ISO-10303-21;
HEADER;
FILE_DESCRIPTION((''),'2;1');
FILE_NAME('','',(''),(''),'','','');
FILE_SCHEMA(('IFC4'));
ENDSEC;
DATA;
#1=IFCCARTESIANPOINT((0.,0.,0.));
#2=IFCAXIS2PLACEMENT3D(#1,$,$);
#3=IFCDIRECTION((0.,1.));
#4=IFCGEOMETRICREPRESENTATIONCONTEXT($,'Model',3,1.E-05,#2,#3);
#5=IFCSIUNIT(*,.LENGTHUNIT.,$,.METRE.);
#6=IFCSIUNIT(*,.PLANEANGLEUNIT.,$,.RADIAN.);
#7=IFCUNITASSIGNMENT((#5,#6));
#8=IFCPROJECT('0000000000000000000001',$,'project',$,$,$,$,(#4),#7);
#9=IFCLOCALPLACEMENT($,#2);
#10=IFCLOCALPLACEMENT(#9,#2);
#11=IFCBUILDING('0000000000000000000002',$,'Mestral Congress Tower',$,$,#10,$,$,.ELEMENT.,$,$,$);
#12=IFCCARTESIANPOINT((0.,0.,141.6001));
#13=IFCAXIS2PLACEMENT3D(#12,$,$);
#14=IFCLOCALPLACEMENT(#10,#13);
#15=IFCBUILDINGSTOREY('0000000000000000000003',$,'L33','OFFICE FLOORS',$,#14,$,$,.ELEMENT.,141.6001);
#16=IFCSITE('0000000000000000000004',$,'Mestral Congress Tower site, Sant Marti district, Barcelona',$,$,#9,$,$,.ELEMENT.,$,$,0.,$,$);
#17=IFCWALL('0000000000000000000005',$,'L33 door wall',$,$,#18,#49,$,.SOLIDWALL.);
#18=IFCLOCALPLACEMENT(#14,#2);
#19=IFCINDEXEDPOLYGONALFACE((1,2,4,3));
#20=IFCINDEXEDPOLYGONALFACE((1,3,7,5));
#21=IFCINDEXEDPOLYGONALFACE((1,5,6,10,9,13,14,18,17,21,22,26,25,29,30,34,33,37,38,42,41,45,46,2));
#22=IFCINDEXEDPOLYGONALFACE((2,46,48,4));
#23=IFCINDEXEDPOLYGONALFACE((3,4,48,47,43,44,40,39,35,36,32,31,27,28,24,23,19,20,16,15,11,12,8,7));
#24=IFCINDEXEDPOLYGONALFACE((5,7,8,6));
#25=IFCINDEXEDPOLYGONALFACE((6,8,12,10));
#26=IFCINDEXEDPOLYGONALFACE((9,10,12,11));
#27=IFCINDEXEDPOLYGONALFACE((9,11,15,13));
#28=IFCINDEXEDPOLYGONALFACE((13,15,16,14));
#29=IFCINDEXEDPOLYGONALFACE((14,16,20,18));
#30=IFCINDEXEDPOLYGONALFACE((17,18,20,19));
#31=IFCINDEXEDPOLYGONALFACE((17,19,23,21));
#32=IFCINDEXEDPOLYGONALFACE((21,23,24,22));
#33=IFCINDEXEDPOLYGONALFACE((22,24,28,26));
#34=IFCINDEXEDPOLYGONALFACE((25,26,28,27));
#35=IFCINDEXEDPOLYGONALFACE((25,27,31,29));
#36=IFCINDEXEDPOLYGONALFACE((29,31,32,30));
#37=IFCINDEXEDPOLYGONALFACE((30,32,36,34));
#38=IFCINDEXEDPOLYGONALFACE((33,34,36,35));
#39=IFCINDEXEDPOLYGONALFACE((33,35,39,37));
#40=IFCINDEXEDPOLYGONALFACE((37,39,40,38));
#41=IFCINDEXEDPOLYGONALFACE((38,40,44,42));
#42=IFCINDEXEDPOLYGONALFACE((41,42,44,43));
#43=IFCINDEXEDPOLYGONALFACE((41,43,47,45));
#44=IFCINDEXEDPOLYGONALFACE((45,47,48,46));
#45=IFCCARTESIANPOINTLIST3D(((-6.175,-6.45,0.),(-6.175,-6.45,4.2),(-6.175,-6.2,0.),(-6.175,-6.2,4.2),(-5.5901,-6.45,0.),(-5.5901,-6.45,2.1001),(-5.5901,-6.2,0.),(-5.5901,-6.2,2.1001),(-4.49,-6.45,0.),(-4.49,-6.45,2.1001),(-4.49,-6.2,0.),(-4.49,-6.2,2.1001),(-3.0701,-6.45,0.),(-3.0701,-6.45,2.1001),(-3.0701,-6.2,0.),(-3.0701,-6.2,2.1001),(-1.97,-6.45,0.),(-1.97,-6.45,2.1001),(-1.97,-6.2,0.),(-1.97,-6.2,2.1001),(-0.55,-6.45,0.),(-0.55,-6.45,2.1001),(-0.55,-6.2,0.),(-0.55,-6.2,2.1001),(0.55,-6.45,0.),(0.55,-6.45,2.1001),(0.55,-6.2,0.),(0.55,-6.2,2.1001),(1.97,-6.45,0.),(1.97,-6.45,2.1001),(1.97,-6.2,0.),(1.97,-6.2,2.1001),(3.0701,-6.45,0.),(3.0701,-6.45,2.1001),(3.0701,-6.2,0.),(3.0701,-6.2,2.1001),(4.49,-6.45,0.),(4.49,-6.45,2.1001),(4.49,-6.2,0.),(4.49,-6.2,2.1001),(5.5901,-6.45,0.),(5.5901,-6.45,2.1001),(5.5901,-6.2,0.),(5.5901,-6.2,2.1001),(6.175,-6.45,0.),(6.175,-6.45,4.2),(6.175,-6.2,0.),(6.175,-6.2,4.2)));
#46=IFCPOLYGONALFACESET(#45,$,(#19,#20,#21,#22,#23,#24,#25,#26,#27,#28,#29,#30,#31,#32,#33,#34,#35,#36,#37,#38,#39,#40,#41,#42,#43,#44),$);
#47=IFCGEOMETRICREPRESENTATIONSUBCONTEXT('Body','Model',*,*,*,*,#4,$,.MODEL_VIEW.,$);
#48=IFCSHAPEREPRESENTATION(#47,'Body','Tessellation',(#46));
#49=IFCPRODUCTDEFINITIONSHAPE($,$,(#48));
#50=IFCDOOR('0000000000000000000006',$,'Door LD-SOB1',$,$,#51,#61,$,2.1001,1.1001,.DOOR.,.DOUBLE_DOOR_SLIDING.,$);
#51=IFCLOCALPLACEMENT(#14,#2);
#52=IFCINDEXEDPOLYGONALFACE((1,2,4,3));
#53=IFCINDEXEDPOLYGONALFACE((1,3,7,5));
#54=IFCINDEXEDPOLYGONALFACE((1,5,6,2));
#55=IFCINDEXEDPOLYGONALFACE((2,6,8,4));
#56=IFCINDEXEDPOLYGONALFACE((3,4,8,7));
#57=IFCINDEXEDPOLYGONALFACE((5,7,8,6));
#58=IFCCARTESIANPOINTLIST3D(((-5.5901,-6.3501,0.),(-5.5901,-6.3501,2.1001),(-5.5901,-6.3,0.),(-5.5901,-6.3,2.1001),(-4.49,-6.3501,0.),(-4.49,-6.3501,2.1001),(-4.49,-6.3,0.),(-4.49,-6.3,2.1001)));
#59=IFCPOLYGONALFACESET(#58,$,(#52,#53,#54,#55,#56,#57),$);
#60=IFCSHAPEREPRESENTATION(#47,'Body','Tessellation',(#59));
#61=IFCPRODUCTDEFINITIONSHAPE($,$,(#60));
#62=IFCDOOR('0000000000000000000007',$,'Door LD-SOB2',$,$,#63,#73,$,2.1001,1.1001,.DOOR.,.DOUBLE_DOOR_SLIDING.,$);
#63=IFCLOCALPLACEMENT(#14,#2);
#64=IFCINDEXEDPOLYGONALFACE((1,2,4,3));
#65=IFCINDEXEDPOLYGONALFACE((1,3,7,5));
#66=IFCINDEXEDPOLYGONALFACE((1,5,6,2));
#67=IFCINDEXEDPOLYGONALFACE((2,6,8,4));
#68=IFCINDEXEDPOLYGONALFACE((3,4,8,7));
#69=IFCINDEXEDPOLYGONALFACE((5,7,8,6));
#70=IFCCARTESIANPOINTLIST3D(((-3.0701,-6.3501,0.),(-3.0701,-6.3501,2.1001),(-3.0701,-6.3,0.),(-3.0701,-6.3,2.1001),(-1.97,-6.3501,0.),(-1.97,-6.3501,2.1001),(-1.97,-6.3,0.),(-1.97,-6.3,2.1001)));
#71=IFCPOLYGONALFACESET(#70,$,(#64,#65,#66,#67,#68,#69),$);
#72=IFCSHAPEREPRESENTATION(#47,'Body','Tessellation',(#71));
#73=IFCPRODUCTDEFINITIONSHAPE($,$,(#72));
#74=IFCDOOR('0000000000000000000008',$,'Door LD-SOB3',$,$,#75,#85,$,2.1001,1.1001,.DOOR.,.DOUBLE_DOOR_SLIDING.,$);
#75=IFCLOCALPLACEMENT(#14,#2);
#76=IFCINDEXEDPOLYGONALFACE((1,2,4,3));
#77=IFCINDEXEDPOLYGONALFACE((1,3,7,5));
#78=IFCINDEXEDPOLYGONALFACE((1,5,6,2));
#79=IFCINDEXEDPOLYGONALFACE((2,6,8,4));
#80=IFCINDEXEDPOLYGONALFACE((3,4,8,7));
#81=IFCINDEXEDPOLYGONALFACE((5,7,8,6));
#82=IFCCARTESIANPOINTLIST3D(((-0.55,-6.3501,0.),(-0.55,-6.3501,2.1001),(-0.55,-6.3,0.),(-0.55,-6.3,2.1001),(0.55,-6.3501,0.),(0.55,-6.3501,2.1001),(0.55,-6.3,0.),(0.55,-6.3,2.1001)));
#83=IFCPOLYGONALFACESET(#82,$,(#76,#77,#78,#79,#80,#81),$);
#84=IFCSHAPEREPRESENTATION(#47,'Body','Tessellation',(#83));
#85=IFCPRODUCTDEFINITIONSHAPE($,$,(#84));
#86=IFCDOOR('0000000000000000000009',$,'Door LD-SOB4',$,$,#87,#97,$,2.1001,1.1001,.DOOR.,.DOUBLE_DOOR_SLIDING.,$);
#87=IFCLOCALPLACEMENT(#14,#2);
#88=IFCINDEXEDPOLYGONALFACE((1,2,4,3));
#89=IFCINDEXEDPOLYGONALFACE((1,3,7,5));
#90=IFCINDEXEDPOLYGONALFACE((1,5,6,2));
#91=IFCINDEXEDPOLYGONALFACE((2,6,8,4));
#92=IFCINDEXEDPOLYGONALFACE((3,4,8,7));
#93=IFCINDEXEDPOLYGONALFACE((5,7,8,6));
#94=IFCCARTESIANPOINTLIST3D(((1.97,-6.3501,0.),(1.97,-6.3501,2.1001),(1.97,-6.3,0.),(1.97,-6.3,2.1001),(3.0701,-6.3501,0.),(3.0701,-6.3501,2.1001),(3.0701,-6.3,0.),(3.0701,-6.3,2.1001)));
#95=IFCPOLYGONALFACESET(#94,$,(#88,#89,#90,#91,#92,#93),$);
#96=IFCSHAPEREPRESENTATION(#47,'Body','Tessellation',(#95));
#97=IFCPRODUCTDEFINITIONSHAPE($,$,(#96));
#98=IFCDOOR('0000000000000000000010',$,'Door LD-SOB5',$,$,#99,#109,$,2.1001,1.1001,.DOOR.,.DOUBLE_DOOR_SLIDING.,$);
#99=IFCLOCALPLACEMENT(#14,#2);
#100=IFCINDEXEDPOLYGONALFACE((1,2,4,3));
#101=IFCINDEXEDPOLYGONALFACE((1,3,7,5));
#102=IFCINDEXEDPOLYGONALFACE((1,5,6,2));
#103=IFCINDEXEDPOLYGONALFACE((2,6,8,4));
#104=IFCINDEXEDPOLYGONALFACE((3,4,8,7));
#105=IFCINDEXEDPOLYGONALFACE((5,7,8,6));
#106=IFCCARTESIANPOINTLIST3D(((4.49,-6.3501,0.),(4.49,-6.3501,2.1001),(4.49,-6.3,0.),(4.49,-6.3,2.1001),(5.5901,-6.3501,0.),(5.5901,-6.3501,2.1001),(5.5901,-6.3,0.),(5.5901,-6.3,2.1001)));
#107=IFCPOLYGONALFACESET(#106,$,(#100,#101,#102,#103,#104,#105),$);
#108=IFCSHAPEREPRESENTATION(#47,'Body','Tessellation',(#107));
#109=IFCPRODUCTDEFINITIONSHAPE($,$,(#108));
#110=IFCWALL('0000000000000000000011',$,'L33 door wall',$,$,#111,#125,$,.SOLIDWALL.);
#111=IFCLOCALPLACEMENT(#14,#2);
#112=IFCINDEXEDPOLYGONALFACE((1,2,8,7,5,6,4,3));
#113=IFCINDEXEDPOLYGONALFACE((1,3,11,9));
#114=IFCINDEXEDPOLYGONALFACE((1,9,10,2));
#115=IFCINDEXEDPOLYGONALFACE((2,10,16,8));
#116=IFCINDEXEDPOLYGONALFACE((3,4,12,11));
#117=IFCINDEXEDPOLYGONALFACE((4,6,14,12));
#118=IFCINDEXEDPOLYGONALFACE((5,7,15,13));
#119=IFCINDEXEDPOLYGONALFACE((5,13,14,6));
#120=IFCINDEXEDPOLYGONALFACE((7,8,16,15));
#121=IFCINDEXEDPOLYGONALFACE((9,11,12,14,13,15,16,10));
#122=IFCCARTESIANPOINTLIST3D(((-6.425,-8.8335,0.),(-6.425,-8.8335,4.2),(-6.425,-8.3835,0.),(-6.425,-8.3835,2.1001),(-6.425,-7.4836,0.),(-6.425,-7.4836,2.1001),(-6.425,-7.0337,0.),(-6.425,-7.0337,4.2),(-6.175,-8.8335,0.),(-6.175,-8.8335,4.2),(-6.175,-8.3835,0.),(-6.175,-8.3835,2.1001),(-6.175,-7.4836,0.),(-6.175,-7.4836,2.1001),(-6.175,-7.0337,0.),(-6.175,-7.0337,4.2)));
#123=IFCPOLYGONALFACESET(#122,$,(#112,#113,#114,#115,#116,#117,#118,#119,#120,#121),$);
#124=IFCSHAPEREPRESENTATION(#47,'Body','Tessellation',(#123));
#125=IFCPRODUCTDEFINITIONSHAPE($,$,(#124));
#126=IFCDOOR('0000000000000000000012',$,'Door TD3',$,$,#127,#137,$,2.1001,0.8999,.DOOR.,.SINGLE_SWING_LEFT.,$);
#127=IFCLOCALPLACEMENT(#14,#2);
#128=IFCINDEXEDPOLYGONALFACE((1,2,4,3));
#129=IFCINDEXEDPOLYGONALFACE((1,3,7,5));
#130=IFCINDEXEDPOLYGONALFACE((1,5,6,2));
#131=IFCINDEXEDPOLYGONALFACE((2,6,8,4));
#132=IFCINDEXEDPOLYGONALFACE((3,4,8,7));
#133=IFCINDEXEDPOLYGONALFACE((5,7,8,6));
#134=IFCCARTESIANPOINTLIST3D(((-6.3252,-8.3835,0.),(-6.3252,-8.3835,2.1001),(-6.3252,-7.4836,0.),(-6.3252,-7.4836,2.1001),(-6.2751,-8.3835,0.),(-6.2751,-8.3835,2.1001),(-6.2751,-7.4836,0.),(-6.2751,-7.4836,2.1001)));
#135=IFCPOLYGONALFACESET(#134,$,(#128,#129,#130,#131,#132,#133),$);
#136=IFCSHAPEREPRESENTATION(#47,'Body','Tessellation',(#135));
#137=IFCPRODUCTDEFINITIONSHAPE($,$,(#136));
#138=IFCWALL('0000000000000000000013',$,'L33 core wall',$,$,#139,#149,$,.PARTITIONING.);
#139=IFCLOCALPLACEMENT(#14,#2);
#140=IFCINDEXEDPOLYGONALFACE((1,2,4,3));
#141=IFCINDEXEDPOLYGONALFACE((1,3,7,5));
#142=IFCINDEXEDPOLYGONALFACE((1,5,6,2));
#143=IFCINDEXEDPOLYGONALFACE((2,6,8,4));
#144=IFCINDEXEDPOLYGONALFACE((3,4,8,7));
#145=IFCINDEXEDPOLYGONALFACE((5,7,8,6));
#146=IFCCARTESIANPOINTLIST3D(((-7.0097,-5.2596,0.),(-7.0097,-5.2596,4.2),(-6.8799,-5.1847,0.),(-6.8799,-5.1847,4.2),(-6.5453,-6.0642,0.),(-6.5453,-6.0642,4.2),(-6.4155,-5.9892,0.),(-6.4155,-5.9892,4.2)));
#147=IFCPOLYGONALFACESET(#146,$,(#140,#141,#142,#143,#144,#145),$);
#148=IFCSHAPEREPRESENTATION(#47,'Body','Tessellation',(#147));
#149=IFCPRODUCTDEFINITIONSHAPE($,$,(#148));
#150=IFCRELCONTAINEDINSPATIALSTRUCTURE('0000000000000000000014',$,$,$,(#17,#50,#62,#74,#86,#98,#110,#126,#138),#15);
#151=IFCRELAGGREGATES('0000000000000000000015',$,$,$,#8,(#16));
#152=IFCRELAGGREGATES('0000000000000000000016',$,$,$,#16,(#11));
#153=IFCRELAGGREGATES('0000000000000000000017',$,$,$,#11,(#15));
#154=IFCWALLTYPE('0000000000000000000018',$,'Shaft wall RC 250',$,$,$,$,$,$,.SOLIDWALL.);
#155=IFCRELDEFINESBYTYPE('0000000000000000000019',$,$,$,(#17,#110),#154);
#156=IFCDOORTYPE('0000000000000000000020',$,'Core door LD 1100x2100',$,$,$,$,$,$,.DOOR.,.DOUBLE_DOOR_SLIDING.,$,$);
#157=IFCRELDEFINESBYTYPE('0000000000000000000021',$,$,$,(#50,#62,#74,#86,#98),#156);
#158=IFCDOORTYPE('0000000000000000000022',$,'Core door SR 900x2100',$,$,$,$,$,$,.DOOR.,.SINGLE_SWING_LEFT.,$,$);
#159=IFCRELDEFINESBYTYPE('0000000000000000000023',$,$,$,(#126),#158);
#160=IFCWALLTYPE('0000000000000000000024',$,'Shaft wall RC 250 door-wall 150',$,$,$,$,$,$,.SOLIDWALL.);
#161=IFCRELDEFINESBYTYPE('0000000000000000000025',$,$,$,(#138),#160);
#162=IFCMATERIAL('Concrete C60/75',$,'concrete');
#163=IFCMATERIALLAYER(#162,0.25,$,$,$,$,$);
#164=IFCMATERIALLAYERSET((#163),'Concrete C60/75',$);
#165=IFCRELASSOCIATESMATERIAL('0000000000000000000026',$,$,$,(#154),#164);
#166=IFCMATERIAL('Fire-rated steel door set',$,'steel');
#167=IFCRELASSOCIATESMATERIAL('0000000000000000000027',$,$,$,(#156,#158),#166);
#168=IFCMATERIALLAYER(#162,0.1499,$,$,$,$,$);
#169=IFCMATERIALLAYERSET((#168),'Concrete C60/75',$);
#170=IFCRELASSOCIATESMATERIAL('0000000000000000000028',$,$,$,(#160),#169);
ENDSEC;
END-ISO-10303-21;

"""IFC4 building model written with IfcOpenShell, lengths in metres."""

from ifc_helpers import new_model, si_unit, direction, frame, frame_2d, origin, place, context, subcontext, project, spatial, rectangle, extrude, material, layer, layer_set, type_object, element, fill, save


model = new_model("IFC4")

# Units and contexts
model_context = context("Model", 3, precision=1e-05, world=origin(), true_north=direction((0.0, 1.0)))
body_context = subcontext(model_context, "Body", "Model", "MODEL_VIEW")
ifc_project = project(units=[si_unit("LENGTHUNIT", "METRE"), si_unit("PLANEANGLEUNIT", "RADIAN")], contexts=[model_context])

# Site, building, storey
site_placement = place(None, origin())
site = spatial("IfcSite", under=ifc_project, at=site_placement, Name="Mestral Congress Tower site, Sant Marti district, Barcelona", CompositionType="ELEMENT", RefElevation=0.0)
building_placement = place(site_placement, origin())
building = spatial("IfcBuilding", under=site, at=building_placement, Name="Mestral Congress Tower", CompositionType="ELEMENT")
storey_placement = place(building_placement, frame((0.0, 0.0, 141.6001)))
storey = spatial("IfcBuildingStorey", under=building, at=storey_placement, Name="L33", Description="OFFICE FLOORS", CompositionType="ELEMENT", Elevation=141.6001)

# Shared definitions
ifc_material_1 = material(Name="Concrete C60/75", Category="concrete")
ifc_layer_1 = layer(ifc_material_1, 0.25)
ifc_layer_set_1 = layer_set([ifc_layer_1], Name="Concrete C60/75")
wall_type_1 = type_object("IfcWallType", Name="Shaft wall RC 250", PredefinedType="SOLIDWALL", material=ifc_layer_set_1)

# Wall, openings, doors
wall_1_placement = place(storey_placement, frame((-6.175, -6.325, 0.0), z_axis=(0.0, 0.0, 1.0), x_axis=(1.0, 0.0, 0.0)))
wall_1 = element("IfcWall", 1, at=wall_1_placement, inside=storey, type_object=wall_type_1, Name="L33 door wall", PredefinedType="SOLIDWALL", context=body_context, shape_type="SweptSolid", body=[
    extrude(rectangle(XDim=12.3501, YDim=0.25, at=frame_2d((6.175, 0.0))), origin(), (0.0, 0.0, 1.0), 4.2),
])
opening_1_placement = place(wall_1_placement, frame((0.585, 0.0, 0.0)))
opening_1 = element("IfcOpeningElement", 2, at=opening_1_placement, cuts=wall_1, PredefinedType="OPENING", context=body_context, shape_type="SweptSolid", body=[
    extrude(rectangle(XDim=1.1001, YDim=2.1001, at=frame_2d((0.55, 1.05))), frame((0.0, 0.135, 0.0), z_axis=(0.0, -1.0, 0.0), x_axis=(1.0, 0.0, 0.0)), (0.0, 0.0, 1.0), 0.27),
])
opening_2_placement = place(wall_1_placement, frame((3.105, 0.0, 0.0)))
opening_2 = element("IfcOpeningElement", 3, at=opening_2_placement, cuts=wall_1, PredefinedType="OPENING", context=body_context, shape_type="SweptSolid", body=[
    extrude(rectangle(XDim=1.1001, YDim=2.1001, at=frame_2d((0.55, 1.05))), frame((0.0, 0.135, 0.0), z_axis=(0.0, -1.0, 0.0), x_axis=(1.0, 0.0, 0.0)), (0.0, 0.0, 1.0), 0.27),
])
opening_3_placement = place(wall_1_placement, frame((5.625, 0.0, 0.0)))
opening_3 = element("IfcOpeningElement", 4, at=opening_3_placement, cuts=wall_1, PredefinedType="OPENING", context=body_context, shape_type="SweptSolid", body=[
    extrude(rectangle(XDim=1.1001, YDim=2.1001, at=frame_2d((0.55, 1.05))), frame((0.0, 0.135, 0.0), z_axis=(0.0, -1.0, 0.0), x_axis=(1.0, 0.0, 0.0)), (0.0, 0.0, 1.0), 0.27),
])
opening_4_placement = place(wall_1_placement, frame((8.145, 0.0, 0.0)))
opening_4 = element("IfcOpeningElement", 5, at=opening_4_placement, cuts=wall_1, PredefinedType="OPENING", context=body_context, shape_type="SweptSolid", body=[
    extrude(rectangle(XDim=1.1001, YDim=2.1001, at=frame_2d((0.55, 1.05))), frame((0.0, 0.135, 0.0), z_axis=(0.0, -1.0, 0.0), x_axis=(1.0, 0.0, 0.0)), (0.0, 0.0, 1.0), 0.27),
])
opening_5_placement = place(wall_1_placement, frame((10.665, 0.0, 0.0)))
opening_5 = element("IfcOpeningElement", 6, at=opening_5_placement, cuts=wall_1, PredefinedType="OPENING", context=body_context, shape_type="SweptSolid", body=[
    extrude(rectangle(XDim=1.1001, YDim=2.1001, at=frame_2d((0.55, 1.05))), frame((0.0, 0.135, 0.0), z_axis=(0.0, -1.0, 0.0), x_axis=(1.0, 0.0, 0.0)), (0.0, 0.0, 1.0), 0.27),
])
ifc_material_2 = material(Name="Fire-rated steel door set", Category="steel")
door_type_1 = type_object("IfcDoorType", Name="Core door LD 1100x2100", OperationType="DOUBLE_DOOR_SLIDING", PredefinedType="DOOR", material=ifc_material_2)
door_1_placement = place(opening_1_placement, origin())
door_1 = element("IfcDoor", 7, at=door_1_placement, inside=storey, type_object=door_type_1, Name="Door LD-SOB1", OperationType="DOUBLE_DOOR_SLIDING", OverallHeight=2.1001, OverallWidth=1.1001, PredefinedType="DOOR", context=body_context, shape_type="SweptSolid", body=[
    extrude(rectangle(XDim=1.1001, YDim=2.1001, at=frame_2d((0.55, 1.05))), frame((0.0, 0.0249, 0.0), z_axis=(0.0, -1.0, 0.0), x_axis=(1.0, 0.0, 0.0)), (0.0, 0.0, 1.0), 0.05),
])
fill(opening_1, door_1)
door_2_placement = place(opening_2_placement, origin())
door_2 = element("IfcDoor", 8, at=door_2_placement, inside=storey, type_object=door_type_1, Name="Door LD-SOB2", OperationType="DOUBLE_DOOR_SLIDING", OverallHeight=2.1001, OverallWidth=1.1001, PredefinedType="DOOR", context=body_context, shape_type="SweptSolid", body=[
    extrude(rectangle(XDim=1.1001, YDim=2.1001, at=frame_2d((0.55, 1.05))), frame((0.0, 0.0249, 0.0), z_axis=(0.0, -1.0, 0.0), x_axis=(1.0, 0.0, 0.0)), (0.0, 0.0, 1.0), 0.05),
])
fill(opening_2, door_2)
door_3_placement = place(opening_3_placement, origin())
door_3 = element("IfcDoor", 9, at=door_3_placement, inside=storey, type_object=door_type_1, Name="Door LD-SOB3", OperationType="DOUBLE_DOOR_SLIDING", OverallHeight=2.1001, OverallWidth=1.1001, PredefinedType="DOOR", context=body_context, shape_type="SweptSolid", body=[
    extrude(rectangle(XDim=1.1001, YDim=2.1001, at=frame_2d((0.55, 1.05))), frame((0.0, 0.0249, 0.0), z_axis=(0.0, -1.0, 0.0), x_axis=(1.0, 0.0, 0.0)), (0.0, 0.0, 1.0), 0.05),
])
fill(opening_3, door_3)
door_4_placement = place(opening_4_placement, origin())
door_4 = element("IfcDoor", 10, at=door_4_placement, inside=storey, type_object=door_type_1, Name="Door LD-SOB4", OperationType="DOUBLE_DOOR_SLIDING", OverallHeight=2.1001, OverallWidth=1.1001, PredefinedType="DOOR", context=body_context, shape_type="SweptSolid", body=[
    extrude(rectangle(XDim=1.1001, YDim=2.1001, at=frame_2d((0.55, 1.05))), frame((0.0, 0.0249, 0.0), z_axis=(0.0, -1.0, 0.0), x_axis=(1.0, 0.0, 0.0)), (0.0, 0.0, 1.0), 0.05),
])
fill(opening_4, door_4)
door_5_placement = place(opening_5_placement, origin())
door_5 = element("IfcDoor", 11, at=door_5_placement, inside=storey, type_object=door_type_1, Name="Door LD-SOB5", OperationType="DOUBLE_DOOR_SLIDING", OverallHeight=2.1001, OverallWidth=1.1001, PredefinedType="DOOR", context=body_context, shape_type="SweptSolid", body=[
    extrude(rectangle(XDim=1.1001, YDim=2.1001, at=frame_2d((0.55, 1.05))), frame((0.0, 0.0249, 0.0), z_axis=(0.0, -1.0, 0.0), x_axis=(1.0, 0.0, 0.0)), (0.0, 0.0, 1.0), 0.05),
])
fill(opening_5, door_5)

# Wall, opening, door
wall_2_placement = place(storey_placement, frame((-6.3, -7.0337, 0.0), z_axis=(0.0, 0.0, 1.0), x_axis=(0.0, -1.0, 0.0)))
wall_2 = element("IfcWall", 12, at=wall_2_placement, inside=storey, type_object=wall_type_1, Name="L33 door wall", PredefinedType="SOLIDWALL", context=body_context, shape_type="SweptSolid", body=[
    extrude(rectangle(XDim=1.7998, YDim=0.25, at=frame_2d((0.8999, 0.0))), origin(), (0.0, 0.0, 1.0), 4.2),
])
opening_6_placement = place(wall_2_placement, frame((0.45, 0.0, 0.0)))
opening_6 = element("IfcOpeningElement", 13, at=opening_6_placement, cuts=wall_2, PredefinedType="OPENING", context=body_context, shape_type="SweptSolid", body=[
    extrude(rectangle(XDim=0.8999, YDim=2.1001, at=frame_2d((0.45, 1.05))), frame((0.0, 0.135, 0.0), z_axis=(0.0, -1.0, 0.0), x_axis=(1.0, 0.0, 0.0)), (0.0, 0.0, 1.0), 0.27),
])
door_type_2 = type_object("IfcDoorType", Name="Core door SR 900x2100", OperationType="SINGLE_SWING_LEFT", PredefinedType="DOOR", material=ifc_material_2)
door_6_placement = place(opening_6_placement, origin())
door_6 = element("IfcDoor", 14, at=door_6_placement, inside=storey, type_object=door_type_2, Name="Door TD3", OperationType="SINGLE_SWING_LEFT", OverallHeight=2.1001, OverallWidth=0.8999, PredefinedType="DOOR", context=body_context, shape_type="SweptSolid", body=[
    extrude(rectangle(XDim=0.8999, YDim=2.1001, at=frame_2d((0.45, 1.05))), frame((0.0, 0.0249, 0.0), z_axis=(0.0, -1.0, 0.0), x_axis=(1.0, 0.0, 0.0)), (0.0, 0.0, 1.0), 0.05),
])
fill(opening_6, door_6)

# Wall
ifc_layer_2 = layer(ifc_material_1, 0.1499)
ifc_layer_set_2 = layer_set([ifc_layer_2], Name="Concrete C60/75")
wall_type_2 = type_object("IfcWallType", Name="Shaft wall RC 250 door-wall 150", PredefinedType="SOLIDWALL", material=ifc_layer_set_2)
wall_3_placement = place(storey_placement, frame((-6.4805, -6.0266, 0.0), z_axis=(0.0, 0.0, 1.0), x_axis=(-0.499927, 0.866067, 0.0)))
element("IfcWall", 15, at=wall_3_placement, inside=storey, type_object=wall_type_2, Name="L33 core wall", PredefinedType="PARTITIONING", context=body_context, shape_type="SweptSolid", body=[
    extrude(rectangle(XDim=0.929, YDim=0.1499, at=frame_2d((0.4644, 0.0))), origin(), (0.0, 0.0, 1.0), 4.2),
])

save(model, "model.ifc")
